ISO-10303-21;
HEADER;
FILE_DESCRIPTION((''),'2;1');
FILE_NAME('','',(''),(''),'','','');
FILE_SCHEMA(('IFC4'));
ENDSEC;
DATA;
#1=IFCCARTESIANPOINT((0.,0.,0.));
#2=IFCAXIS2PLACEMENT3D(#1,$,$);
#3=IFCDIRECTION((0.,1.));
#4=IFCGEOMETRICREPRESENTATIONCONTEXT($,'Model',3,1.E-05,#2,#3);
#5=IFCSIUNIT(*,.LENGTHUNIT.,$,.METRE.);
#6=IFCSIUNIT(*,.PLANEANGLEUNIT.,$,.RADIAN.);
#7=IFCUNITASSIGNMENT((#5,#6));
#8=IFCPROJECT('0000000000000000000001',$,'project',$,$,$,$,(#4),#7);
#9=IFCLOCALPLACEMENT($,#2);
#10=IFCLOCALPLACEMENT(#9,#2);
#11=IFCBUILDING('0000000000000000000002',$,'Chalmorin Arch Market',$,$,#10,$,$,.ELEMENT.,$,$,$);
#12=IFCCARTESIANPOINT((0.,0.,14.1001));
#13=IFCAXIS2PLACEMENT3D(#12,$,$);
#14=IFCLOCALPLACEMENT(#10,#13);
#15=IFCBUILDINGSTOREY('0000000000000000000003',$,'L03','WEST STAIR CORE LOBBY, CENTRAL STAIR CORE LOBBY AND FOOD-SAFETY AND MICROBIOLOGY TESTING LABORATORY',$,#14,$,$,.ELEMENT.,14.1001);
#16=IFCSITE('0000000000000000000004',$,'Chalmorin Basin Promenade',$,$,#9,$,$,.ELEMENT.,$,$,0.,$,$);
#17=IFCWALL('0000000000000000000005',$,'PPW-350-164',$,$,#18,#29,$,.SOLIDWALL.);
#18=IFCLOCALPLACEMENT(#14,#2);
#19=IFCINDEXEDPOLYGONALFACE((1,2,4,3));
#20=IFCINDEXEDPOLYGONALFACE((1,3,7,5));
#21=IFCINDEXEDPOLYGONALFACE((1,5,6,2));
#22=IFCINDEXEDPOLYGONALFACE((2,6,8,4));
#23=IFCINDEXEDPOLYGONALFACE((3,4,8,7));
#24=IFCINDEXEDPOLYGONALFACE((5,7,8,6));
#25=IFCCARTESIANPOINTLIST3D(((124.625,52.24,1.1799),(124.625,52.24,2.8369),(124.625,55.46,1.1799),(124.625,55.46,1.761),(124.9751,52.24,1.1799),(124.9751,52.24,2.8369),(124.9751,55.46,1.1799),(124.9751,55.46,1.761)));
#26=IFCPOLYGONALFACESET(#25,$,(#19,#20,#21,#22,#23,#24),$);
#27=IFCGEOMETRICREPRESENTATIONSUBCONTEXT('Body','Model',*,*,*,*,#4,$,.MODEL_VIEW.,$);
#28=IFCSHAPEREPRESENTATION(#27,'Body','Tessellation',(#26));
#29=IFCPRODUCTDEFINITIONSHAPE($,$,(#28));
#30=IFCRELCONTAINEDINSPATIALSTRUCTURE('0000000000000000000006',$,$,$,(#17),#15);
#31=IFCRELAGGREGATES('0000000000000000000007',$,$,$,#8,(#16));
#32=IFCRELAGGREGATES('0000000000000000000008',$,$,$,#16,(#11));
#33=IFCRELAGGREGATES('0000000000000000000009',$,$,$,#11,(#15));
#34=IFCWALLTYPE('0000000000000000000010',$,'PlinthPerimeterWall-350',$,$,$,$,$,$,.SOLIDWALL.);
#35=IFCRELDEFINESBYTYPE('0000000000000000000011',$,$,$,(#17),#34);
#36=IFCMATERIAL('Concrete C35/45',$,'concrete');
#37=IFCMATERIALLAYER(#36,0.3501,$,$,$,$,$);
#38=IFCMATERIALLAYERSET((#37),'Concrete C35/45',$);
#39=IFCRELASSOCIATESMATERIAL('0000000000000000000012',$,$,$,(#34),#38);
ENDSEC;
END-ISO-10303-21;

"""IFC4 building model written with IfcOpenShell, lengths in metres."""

from ifc_helpers import new_model, si_unit, direction, frame, origin, place, context, subcontext, project, spatial, polyline, outline, extrude, material, layer, layer_set, type_object, element, save


model = new_model("IFC4")

# Units and contexts
model_context = context("Model", 3, precision=1e-05, world=origin(), true_north=direction((0.0, 1.0)))
body_context = subcontext(model_context, "Body", "Model", "MODEL_VIEW")
ifc_project = project(units=[si_unit("LENGTHUNIT", "METRE"), si_unit("PLANEANGLEUNIT", "RADIAN")], contexts=[model_context])

# Site, building, storey
site_placement = place(None, origin())
site = spatial("IfcSite", under=ifc_project, at=site_placement, Name="Chalmorin Basin Promenade", CompositionType="ELEMENT", RefElevation=0.0)
building_placement = place(site_placement, origin())
building = spatial("IfcBuilding", under=site, at=building_placement, Name="Chalmorin Arch Market", CompositionType="ELEMENT")
storey_placement = place(building_placement, frame((0.0, 0.0, 14.1001)))
storey = spatial("IfcBuildingStorey", under=building, at=storey_placement, Name="L03", Description="WEST STAIR CORE LOBBY, CENTRAL STAIR CORE LOBBY AND FOOD-SAFETY AND MICROBIOLOGY TESTING LABORATORY", CompositionType="ELEMENT", Elevation=14.1001)

# Wall
ifc_material_1 = material(Name="Concrete C35/45", Category="concrete")
ifc_layer_1 = layer(ifc_material_1, 0.3501)
ifc_layer_set_1 = layer_set([ifc_layer_1], Name="Concrete C35/45")
wall_type = type_object("IfcWallType", Name="PlinthPerimeterWall-350", PredefinedType="SOLIDWALL", material=ifc_layer_set_1)
wall_1_placement = place(storey_placement, frame((124.8, 52.24, 1.1799), z_axis=(0.0, 0.0, 1.0), x_axis=(0.0, 1.0, 0.0)))
element("IfcWall", 1, at=wall_1_placement, inside=storey, type_object=wall_type, Name="PPW-350-164", PredefinedType="SOLIDWALL", context=body_context, shape_type="SweptSolid", body=[
    extrude(outline(polyline([(0.0, 0.0), (3.22, 0.0), (3.22, 0.5811), (0.0, 1.657), (0.0, 0.0)])), frame((0.0, 0.175, 0.0), z_axis=(0.0, -1.0, 0.0), x_axis=(1.0, 0.0, 0.0)), (0.0, 0.0, 1.0), 0.3501),
])

save(model, "model.ifc")
